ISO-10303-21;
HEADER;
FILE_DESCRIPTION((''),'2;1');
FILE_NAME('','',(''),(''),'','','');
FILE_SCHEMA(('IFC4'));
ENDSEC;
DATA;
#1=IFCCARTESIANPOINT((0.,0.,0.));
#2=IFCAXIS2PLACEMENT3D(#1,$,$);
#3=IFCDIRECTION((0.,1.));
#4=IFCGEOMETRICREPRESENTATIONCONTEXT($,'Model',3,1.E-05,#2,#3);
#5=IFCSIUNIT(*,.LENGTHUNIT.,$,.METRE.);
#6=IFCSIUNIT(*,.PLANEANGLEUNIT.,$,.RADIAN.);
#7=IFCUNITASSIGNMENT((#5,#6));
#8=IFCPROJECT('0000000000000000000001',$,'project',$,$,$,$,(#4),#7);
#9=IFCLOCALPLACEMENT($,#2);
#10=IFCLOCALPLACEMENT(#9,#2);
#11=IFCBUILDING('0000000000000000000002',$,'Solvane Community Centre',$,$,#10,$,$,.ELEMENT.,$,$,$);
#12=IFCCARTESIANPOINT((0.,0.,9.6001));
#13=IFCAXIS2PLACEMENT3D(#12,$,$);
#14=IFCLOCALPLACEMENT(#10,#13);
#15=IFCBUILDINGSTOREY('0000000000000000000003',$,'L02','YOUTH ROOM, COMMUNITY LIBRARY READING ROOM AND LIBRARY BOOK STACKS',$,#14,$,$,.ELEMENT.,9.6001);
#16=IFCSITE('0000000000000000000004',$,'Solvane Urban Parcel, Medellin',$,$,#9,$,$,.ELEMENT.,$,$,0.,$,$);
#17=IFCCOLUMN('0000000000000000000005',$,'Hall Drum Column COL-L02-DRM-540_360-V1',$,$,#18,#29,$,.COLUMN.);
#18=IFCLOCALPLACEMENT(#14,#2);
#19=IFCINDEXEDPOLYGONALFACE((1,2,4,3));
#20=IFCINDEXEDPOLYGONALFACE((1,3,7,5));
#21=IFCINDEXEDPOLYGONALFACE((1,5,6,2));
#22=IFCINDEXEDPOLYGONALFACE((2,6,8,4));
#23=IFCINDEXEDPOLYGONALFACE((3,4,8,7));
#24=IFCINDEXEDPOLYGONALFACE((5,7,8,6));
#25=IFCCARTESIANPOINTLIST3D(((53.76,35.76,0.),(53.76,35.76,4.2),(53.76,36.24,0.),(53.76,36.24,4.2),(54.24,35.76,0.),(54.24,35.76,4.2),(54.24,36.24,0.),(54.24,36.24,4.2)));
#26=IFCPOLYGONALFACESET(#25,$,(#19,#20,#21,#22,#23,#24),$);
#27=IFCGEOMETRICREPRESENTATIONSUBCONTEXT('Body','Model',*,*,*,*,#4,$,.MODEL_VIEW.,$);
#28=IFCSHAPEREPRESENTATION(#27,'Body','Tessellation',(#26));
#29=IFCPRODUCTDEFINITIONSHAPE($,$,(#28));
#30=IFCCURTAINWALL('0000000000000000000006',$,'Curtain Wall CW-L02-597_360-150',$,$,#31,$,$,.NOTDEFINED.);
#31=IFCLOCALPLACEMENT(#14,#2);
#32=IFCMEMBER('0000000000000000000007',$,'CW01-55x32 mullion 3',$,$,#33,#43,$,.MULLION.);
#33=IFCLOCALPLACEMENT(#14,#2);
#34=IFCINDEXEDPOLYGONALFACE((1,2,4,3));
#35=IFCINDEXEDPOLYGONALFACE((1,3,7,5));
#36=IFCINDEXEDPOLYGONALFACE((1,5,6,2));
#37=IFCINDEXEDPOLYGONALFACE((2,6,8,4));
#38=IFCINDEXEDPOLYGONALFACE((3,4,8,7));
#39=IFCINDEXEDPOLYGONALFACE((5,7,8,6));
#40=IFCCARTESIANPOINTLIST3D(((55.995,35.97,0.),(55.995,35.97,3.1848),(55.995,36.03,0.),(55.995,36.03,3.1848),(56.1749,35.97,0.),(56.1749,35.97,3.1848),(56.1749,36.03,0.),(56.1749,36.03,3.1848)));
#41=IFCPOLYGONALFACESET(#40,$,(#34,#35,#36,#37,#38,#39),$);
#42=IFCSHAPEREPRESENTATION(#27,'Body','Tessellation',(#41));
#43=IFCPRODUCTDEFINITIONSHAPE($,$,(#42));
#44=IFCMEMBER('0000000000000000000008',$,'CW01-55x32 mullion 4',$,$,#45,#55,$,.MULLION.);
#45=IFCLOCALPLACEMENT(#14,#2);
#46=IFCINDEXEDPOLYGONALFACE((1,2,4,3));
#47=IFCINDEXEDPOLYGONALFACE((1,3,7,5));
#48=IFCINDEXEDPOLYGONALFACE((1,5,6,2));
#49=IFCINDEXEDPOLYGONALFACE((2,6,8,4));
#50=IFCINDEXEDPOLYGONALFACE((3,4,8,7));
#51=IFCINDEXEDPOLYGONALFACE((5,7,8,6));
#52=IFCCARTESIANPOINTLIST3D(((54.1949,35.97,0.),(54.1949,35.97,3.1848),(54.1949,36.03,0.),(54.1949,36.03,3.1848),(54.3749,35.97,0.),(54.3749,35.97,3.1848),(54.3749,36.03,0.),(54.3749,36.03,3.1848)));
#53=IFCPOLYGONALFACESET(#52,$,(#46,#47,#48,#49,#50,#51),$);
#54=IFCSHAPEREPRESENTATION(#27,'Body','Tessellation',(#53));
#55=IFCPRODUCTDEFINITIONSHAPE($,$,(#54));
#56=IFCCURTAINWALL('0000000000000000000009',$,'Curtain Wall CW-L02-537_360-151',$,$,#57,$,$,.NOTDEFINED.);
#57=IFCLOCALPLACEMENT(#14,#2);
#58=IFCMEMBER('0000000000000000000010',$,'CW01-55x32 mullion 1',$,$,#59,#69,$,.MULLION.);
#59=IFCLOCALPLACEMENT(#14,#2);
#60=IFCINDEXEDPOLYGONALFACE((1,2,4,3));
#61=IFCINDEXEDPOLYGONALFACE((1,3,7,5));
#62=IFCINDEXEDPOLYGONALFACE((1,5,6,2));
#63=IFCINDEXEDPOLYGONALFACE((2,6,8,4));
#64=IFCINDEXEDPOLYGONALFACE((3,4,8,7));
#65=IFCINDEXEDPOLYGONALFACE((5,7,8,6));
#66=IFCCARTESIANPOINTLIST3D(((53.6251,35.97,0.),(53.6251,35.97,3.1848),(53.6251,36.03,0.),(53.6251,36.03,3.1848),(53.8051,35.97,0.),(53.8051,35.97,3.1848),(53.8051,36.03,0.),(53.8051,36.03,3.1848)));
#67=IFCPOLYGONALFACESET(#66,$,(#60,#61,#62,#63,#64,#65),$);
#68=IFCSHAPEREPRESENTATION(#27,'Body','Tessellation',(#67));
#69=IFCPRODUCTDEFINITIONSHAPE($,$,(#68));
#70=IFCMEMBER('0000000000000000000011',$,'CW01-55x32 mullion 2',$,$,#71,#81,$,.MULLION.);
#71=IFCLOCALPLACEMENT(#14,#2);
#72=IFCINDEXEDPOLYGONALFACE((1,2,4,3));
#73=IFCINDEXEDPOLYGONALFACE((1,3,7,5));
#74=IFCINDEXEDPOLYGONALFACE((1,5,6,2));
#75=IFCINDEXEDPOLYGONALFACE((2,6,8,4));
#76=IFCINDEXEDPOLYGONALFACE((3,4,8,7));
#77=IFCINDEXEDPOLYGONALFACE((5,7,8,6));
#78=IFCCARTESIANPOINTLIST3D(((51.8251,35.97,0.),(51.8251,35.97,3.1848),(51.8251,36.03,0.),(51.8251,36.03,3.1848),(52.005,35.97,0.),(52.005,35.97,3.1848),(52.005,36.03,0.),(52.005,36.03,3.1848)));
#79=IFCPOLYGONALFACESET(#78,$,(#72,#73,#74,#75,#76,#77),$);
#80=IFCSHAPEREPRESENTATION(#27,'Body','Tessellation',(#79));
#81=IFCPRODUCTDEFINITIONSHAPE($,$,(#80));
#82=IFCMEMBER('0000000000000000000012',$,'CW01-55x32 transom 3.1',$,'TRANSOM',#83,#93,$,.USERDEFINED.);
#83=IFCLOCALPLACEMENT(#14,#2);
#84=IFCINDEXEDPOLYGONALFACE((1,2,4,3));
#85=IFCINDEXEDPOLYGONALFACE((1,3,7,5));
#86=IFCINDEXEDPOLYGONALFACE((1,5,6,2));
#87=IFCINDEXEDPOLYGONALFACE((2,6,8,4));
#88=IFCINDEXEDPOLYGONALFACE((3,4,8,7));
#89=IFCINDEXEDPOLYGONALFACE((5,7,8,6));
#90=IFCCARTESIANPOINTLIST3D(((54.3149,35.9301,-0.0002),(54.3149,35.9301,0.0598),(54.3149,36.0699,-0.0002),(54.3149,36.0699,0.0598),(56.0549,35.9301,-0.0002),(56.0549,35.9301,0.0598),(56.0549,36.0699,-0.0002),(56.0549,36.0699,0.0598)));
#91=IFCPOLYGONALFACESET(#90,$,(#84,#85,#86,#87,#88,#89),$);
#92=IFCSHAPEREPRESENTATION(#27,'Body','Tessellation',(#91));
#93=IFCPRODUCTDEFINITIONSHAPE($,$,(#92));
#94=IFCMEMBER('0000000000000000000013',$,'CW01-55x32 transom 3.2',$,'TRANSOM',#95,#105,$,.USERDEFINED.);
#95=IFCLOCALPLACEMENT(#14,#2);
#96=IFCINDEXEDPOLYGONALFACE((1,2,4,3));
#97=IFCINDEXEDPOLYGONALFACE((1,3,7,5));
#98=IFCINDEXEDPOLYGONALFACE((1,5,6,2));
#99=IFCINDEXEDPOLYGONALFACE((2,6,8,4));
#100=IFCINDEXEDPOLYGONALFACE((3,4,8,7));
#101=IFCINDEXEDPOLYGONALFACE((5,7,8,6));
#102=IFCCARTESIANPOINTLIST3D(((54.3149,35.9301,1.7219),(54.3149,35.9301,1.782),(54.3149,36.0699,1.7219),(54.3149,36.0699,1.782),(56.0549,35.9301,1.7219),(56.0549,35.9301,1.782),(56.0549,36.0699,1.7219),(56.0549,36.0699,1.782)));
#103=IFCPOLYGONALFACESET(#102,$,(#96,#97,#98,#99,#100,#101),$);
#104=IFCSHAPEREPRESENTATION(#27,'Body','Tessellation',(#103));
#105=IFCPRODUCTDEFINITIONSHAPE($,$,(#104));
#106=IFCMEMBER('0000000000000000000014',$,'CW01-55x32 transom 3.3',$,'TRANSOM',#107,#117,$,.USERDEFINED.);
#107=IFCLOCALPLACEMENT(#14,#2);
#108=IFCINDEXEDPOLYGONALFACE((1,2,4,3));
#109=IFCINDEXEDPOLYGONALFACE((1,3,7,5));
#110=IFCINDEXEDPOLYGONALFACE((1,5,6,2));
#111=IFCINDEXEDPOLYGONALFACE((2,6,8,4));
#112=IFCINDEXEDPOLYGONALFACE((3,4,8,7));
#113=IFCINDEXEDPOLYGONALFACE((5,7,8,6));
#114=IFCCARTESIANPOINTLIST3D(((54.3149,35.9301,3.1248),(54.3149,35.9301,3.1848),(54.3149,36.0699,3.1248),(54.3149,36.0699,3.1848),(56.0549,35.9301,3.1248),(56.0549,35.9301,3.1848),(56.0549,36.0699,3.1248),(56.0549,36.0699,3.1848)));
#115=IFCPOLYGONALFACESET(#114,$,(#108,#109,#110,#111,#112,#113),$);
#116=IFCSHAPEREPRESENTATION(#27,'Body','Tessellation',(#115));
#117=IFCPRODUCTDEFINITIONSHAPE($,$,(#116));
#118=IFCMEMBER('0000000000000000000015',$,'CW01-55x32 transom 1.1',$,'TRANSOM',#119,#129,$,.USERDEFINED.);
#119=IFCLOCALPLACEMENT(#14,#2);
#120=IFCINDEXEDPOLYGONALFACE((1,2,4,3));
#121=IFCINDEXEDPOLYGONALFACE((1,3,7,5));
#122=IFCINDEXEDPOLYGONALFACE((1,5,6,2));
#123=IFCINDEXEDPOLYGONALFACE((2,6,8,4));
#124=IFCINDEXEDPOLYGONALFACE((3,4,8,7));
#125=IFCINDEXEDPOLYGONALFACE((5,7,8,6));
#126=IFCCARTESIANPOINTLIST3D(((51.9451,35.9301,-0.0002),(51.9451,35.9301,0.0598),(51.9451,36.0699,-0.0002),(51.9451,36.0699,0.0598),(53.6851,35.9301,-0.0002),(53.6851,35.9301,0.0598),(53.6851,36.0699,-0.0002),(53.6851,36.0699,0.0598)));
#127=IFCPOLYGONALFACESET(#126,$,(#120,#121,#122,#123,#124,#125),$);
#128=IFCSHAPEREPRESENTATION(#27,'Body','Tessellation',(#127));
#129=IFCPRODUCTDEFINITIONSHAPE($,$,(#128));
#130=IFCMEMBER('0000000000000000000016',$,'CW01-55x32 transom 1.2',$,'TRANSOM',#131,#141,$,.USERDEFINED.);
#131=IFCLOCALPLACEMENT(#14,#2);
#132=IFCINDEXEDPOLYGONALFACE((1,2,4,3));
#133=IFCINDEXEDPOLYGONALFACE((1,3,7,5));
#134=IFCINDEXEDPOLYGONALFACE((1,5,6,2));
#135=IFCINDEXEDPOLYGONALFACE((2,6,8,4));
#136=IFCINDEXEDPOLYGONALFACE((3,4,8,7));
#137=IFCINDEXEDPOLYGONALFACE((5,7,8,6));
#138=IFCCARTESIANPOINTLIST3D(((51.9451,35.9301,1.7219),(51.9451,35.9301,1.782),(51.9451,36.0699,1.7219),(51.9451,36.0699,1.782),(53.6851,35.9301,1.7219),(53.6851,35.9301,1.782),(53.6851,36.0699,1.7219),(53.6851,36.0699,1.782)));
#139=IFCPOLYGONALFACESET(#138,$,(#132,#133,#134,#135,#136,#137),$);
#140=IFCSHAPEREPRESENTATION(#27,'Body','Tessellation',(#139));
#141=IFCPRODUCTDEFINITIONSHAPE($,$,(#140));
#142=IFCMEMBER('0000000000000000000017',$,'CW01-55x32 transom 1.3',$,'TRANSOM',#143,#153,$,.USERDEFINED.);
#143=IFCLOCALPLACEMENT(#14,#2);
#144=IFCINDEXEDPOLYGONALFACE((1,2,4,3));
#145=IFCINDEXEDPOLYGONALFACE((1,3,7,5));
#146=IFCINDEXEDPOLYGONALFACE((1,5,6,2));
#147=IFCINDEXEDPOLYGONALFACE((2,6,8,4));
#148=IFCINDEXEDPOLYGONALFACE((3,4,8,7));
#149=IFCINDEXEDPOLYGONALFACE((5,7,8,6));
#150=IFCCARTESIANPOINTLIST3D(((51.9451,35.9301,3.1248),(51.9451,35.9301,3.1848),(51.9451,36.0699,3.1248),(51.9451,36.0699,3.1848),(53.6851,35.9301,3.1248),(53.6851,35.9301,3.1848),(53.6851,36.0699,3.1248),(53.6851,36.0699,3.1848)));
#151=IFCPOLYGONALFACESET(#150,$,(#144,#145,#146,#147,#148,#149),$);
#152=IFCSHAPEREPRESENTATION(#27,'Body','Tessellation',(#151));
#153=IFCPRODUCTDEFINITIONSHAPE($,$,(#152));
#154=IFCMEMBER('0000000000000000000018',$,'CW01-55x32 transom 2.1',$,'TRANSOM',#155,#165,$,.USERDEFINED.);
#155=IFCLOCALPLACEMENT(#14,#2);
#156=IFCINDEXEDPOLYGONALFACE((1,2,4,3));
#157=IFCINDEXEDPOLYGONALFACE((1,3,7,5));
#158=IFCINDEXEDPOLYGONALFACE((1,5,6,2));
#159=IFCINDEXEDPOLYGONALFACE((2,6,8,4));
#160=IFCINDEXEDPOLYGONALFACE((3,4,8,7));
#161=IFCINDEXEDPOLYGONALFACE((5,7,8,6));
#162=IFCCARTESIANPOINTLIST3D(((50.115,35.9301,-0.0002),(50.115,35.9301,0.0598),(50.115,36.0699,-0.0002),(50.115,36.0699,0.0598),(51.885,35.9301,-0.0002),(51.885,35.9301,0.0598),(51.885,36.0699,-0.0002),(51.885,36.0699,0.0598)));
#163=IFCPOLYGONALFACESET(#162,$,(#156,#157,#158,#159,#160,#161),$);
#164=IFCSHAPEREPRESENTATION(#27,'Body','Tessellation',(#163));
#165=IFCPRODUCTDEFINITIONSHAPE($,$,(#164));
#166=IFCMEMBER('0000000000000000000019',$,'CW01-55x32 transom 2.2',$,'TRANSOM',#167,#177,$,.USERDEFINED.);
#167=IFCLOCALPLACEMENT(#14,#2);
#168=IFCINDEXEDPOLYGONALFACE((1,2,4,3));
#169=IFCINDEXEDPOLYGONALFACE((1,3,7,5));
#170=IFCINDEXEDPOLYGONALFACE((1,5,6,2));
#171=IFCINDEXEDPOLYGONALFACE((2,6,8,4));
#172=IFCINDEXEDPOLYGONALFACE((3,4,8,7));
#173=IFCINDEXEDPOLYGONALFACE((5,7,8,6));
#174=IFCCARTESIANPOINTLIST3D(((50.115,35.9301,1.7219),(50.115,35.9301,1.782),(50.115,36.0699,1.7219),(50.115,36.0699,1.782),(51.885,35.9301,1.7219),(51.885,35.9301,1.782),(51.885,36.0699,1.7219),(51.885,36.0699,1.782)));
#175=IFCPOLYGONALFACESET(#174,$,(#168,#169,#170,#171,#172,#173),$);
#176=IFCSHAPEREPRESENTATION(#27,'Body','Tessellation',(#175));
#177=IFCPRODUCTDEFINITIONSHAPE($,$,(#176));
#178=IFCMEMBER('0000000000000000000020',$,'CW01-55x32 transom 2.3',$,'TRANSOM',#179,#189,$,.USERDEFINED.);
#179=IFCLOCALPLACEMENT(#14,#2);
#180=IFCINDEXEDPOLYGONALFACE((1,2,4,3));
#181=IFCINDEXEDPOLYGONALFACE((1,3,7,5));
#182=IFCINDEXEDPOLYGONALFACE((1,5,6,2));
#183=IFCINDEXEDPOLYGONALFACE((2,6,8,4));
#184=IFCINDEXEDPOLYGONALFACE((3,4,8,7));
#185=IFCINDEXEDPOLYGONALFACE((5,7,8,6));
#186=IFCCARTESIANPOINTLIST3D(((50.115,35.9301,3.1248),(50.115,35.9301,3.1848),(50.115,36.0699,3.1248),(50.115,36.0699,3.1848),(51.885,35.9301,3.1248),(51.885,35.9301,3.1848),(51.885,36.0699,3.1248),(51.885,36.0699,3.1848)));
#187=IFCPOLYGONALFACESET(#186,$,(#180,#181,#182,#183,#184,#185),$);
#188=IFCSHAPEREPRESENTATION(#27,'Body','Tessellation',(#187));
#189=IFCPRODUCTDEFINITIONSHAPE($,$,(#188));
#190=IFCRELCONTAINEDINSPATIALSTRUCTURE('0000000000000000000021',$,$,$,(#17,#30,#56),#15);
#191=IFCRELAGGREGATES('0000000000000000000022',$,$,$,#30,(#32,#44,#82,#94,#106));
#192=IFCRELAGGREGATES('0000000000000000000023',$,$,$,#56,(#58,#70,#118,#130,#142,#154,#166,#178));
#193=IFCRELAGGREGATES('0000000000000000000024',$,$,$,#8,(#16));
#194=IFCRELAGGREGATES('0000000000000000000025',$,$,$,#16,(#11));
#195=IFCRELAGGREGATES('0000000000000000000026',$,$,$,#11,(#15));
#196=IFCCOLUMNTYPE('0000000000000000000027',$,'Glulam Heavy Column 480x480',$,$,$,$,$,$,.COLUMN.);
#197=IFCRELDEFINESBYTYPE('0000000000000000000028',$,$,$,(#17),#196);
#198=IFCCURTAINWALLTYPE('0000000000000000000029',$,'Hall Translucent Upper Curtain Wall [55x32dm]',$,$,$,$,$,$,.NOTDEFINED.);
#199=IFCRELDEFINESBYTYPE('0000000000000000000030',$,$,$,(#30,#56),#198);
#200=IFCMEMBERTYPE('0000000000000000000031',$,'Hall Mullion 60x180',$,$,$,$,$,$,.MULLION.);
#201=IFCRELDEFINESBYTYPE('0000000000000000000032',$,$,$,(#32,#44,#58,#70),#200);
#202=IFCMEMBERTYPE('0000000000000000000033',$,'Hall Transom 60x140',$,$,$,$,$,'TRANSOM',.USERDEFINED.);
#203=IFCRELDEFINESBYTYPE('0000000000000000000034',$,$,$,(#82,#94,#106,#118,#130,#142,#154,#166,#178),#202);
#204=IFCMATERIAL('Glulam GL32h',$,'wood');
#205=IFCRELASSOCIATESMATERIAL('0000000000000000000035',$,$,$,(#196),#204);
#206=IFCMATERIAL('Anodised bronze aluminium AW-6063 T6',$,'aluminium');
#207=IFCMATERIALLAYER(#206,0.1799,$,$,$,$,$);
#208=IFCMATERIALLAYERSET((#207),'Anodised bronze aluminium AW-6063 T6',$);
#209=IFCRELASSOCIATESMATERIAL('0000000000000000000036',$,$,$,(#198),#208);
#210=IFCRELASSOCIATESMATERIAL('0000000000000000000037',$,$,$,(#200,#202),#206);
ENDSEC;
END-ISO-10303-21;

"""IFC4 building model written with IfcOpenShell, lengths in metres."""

from ifc_helpers import new_model, si_unit, direction, frame, origin, origin_2d, place, context, subcontext, project, spatial, rectangle, extrude, material, layer, layer_set, material_profile, profile_set, type_object, element, aggregate, save


model = new_model("IFC4")

# Units and contexts
model_context = context("Model", 3, precision=1e-05, world=origin(), true_north=direction((0.0, 1.0)))
body_context = subcontext(model_context, "Body", "Model", "MODEL_VIEW")
ifc_project = project(units=[si_unit("LENGTHUNIT", "METRE"), si_unit("PLANEANGLEUNIT", "RADIAN")], contexts=[model_context])

# Site, building, storey
site_placement = place(None, origin())
site = spatial("IfcSite", under=ifc_project, at=site_placement, Name="Solvane Urban Parcel, Medellin", CompositionType="ELEMENT", RefElevation=0.0)
building_placement = place(site_placement, origin())
building = spatial("IfcBuilding", under=site, at=building_placement, Name="Solvane Community Centre", CompositionType="ELEMENT")
storey_placement = place(building_placement, frame((0.0, 0.0, 9.6001)))
storey = spatial("IfcBuildingStorey", under=building, at=storey_placement, Name="L02", Description="YOUTH ROOM, COMMUNITY LIBRARY READING ROOM AND LIBRARY BOOK STACKS", CompositionType="ELEMENT", Elevation=9.6001)

# Column
ifc_material_1 = material(Name="Glulam GL32h", Category="wood")
ifc_material_profile_1 = material_profile(ifc_material_1, rectangle(XDim=0.48, YDim=0.48, at=origin_2d()), Name="GL32h 480x480")
ifc_profile_set_1 = profile_set([ifc_material_profile_1], Name="Glulam GL32h")
column_type = type_object("IfcColumnType", Name="Glulam Heavy Column 480x480", PredefinedType="COLUMN", material=ifc_profile_set_1)
column_placement = place(storey_placement, frame((54.0, 36.0, 0.0), z_axis=(0.0, 0.0, 1.0), x_axis=(1.0, 0.0, 0.0)))
element("IfcColumn", 1, at=column_placement, inside=storey, type_object=column_type, Name="Hall Drum Column COL-L02-DRM-540_360-V1", PredefinedType="COLUMN", context=body_context, shape_type="SweptSolid", body=[
    extrude(rectangle(XDim=0.48, YDim=0.48, at=origin_2d()), origin(), (0.0, 0.0, 1.0), 4.2),
])

# Curtain walls, members
ifc_material_2 = material(Name="Anodised bronze aluminium AW-6063 T6", Category="aluminium")
ifc_layer_1 = layer(ifc_material_2, 0.1799)
ifc_layer_set_1 = layer_set([ifc_layer_1], Name="Anodised bronze aluminium AW-6063 T6")
curtain_wall_type = type_object("IfcCurtainWallType", Name="Hall Translucent Upper Curtain Wall [55x32dm]", PredefinedType="NOTDEFINED", material=ifc_layer_set_1)
curtain_wall_1_placement = place(storey_placement, origin())
curtain_wall_1 = element("IfcCurtainWall", 2, at=curtain_wall_1_placement, inside=storey, type_object=curtain_wall_type, Name="Curtain Wall CW-L02-597_360-150", PredefinedType="NOTDEFINED")
ifc_material_profile_2 = material_profile(ifc_material_2, rectangle(XDim=0.0601, YDim=0.1799, at=origin_2d()), Name="CW-M 60x180")
ifc_profile_set_2 = profile_set([ifc_material_profile_2], Name="Anodised bronze aluminium AW-6063 T6")
member_type_1 = type_object("IfcMemberType", Name="Hall Mullion 60x180", PredefinedType="MULLION", material=ifc_profile_set_2)
member_1_placement = place(storey_placement, frame((56.085, 36.0, 0.0), z_axis=(0.0, 0.0, 1.0), x_axis=(0.0, -1.0, 0.0)))
member_1 = element("IfcMember", 3, at=member_1_placement, type_object=member_type_1, Name="CW01-55x32 mullion 3", PredefinedType="MULLION", context=body_context, shape_type="SweptSolid", body=[
    extrude(rectangle(XDim=0.0601, YDim=0.1799, at=origin_2d()), origin(), (0.0, 0.0, 1.0), 3.1848),
])
member_2_placement = place(storey_placement, frame((54.2849, 36.0, 0.0), z_axis=(0.0, 0.0, 1.0), x_axis=(0.0, -1.0, 0.0)))
member_2 = element("IfcMember", 4, at=member_2_placement, type_object=member_type_1, Name="CW01-55x32 mullion 4", PredefinedType="MULLION", context=body_context, shape_type="SweptSolid", body=[
    extrude(rectangle(XDim=0.0601, YDim=0.1799, at=origin_2d()), origin(), (0.0, 0.0, 1.0), 3.1848),
])
curtain_wall_2_placement = place(storey_placement, origin())
curtain_wall_2 = element("IfcCurtainWall", 5, at=curtain_wall_2_placement, inside=storey, type_object=curtain_wall_type, Name="Curtain Wall CW-L02-537_360-151", PredefinedType="NOTDEFINED")
member_3_placement = place(storey_placement, frame((53.7151, 36.0, 0.0), z_axis=(0.0, 0.0, 1.0), x_axis=(0.0, -1.0, 0.0)))
member_3 = element("IfcMember", 6, at=member_3_placement, type_object=member_type_1, Name="CW01-55x32 mullion 1", PredefinedType="MULLION", context=body_context, shape_type="SweptSolid", body=[
    extrude(rectangle(XDim=0.0601, YDim=0.1799, at=origin_2d()), origin(), (0.0, 0.0, 1.0), 3.1848),
])
member_4_placement = place(storey_placement, frame((51.915, 36.0, 0.0), z_axis=(0.0, 0.0, 1.0), x_axis=(0.0, -1.0, 0.0)))
member_4 = element("IfcMember", 7, at=member_4_placement, type_object=member_type_1, Name="CW01-55x32 mullion 2", PredefinedType="MULLION", context=body_context, shape_type="SweptSolid", body=[
    extrude(rectangle(XDim=0.0601, YDim=0.1799, at=origin_2d()), origin(), (0.0, 0.0, 1.0), 3.1848),
])

# Members
ifc_material_profile_3 = material_profile(ifc_material_2, rectangle(XDim=0.1399, YDim=0.0601, at=origin_2d()), Name="CW-T 60x140")
ifc_profile_set_3 = profile_set([ifc_material_profile_3], Name="Anodised bronze aluminium AW-6063 T6")
member_type_2 = type_object("IfcMemberType", Name="Hall Transom 60x140", ElementType="TRANSOM", PredefinedType="USERDEFINED", material=ifc_profile_set_3)
member_5_placement = place(storey_placement, frame((56.0549, 36.0, 0.0298), z_axis=(-1.0, 0.0, 0.0), x_axis=(0.0, -1.0, 0.0)))
member_5 = element("IfcMember", 8, at=member_5_placement, type_object=member_type_2, Name="CW01-55x32 transom 3.1", ObjectType="TRANSOM", PredefinedType="USERDEFINED", context=body_context, shape_type="SweptSolid", body=[
    extrude(rectangle(XDim=0.1399, YDim=0.0601, at=origin_2d()), origin(), (0.0, 0.0, 1.0), 1.74),
])
member_6_placement = place(storey_placement, frame((56.0549, 36.0, 1.752), z_axis=(-1.0, 0.0, 0.0), x_axis=(0.0, -1.0, 0.0)))
member_6 = element("IfcMember", 9, at=member_6_placement, type_object=member_type_2, Name="CW01-55x32 transom 3.2", ObjectType="TRANSOM", PredefinedType="USERDEFINED", context=body_context, shape_type="SweptSolid", body=[
    extrude(rectangle(XDim=0.1399, YDim=0.0601, at=origin_2d()), origin(), (0.0, 0.0, 1.0), 1.74),
])
member_7_placement = place(storey_placement, frame((56.0549, 36.0, 3.1548), z_axis=(-1.0, 0.0, 0.0), x_axis=(0.0, -1.0, 0.0)))
member_7 = element("IfcMember", 10, at=member_7_placement, type_object=member_type_2, Name="CW01-55x32 transom 3.3", ObjectType="TRANSOM", PredefinedType="USERDEFINED", context=body_context, shape_type="SweptSolid", body=[
    extrude(rectangle(XDim=0.1399, YDim=0.0601, at=origin_2d()), origin(), (0.0, 0.0, 1.0), 1.74),
])
member_8_placement = place(storey_placement, frame((53.6851, 36.0, 0.0298), z_axis=(-1.0, 0.0, 0.0), x_axis=(0.0, -1.0, 0.0)))
member_8 = element("IfcMember", 11, at=member_8_placement, type_object=member_type_2, Name="CW01-55x32 transom 1.1", ObjectType="TRANSOM", PredefinedType="USERDEFINED", context=body_context, shape_type="SweptSolid", body=[
    extrude(rectangle(XDim=0.1399, YDim=0.0601, at=origin_2d()), origin(), (0.0, 0.0, 1.0), 1.74),
])
member_9_placement = place(storey_placement, frame((53.6851, 36.0, 1.752), z_axis=(-1.0, 0.0, 0.0), x_axis=(0.0, -1.0, 0.0)))
member_9 = element("IfcMember", 12, at=member_9_placement, type_object=member_type_2, Name="CW01-55x32 transom 1.2", ObjectType="TRANSOM", PredefinedType="USERDEFINED", context=body_context, shape_type="SweptSolid", body=[
    extrude(rectangle(XDim=0.1399, YDim=0.0601, at=origin_2d()), origin(), (0.0, 0.0, 1.0), 1.74),
])
member_10_placement = place(storey_placement, frame((53.6851, 36.0, 3.1548), z_axis=(-1.0, 0.0, 0.0), x_axis=(0.0, -1.0, 0.0)))
member_10 = element("IfcMember", 13, at=member_10_placement, type_object=member_type_2, Name="CW01-55x32 transom 1.3", ObjectType="TRANSOM", PredefinedType="USERDEFINED", context=body_context, shape_type="SweptSolid", body=[
    extrude(rectangle(XDim=0.1399, YDim=0.0601, at=origin_2d()), origin(), (0.0, 0.0, 1.0), 1.74),
])
member_11_placement = place(storey_placement, frame((51.885, 36.0, 0.0298), z_axis=(-1.0, 0.0, 0.0), x_axis=(0.0, -1.0, 0.0)))
member_11 = element("IfcMember", 14, at=member_11_placement, type_object=member_type_2, Name="CW01-55x32 transom 2.1", ObjectType="TRANSOM", PredefinedType="USERDEFINED", context=body_context, shape_type="SweptSolid", body=[
    extrude(rectangle(XDim=0.1399, YDim=0.0601, at=origin_2d()), origin(), (0.0, 0.0, 1.0), 1.77),
])
member_12_placement = place(storey_placement, frame((51.885, 36.0, 1.752), z_axis=(-1.0, 0.0, 0.0), x_axis=(0.0, -1.0, 0.0)))
member_12 = element("IfcMember", 15, at=member_12_placement, type_object=member_type_2, Name="CW01-55x32 transom 2.2", ObjectType="TRANSOM", PredefinedType="USERDEFINED", context=body_context, shape_type="SweptSolid", body=[
    extrude(rectangle(XDim=0.1399, YDim=0.0601, at=origin_2d()), origin(), (0.0, 0.0, 1.0), 1.77),
])
member_13_placement = place(storey_placement, frame((51.885, 36.0, 3.1548), z_axis=(-1.0, 0.0, 0.0), x_axis=(0.0, -1.0, 0.0)))
member_13 = element("IfcMember", 16, at=member_13_placement, type_object=member_type_2, Name="CW01-55x32 transom 2.3", ObjectType="TRANSOM", PredefinedType="USERDEFINED", context=body_context, shape_type="SweptSolid", body=[
    extrude(rectangle(XDim=0.1399, YDim=0.0601, at=origin_2d()), origin(), (0.0, 0.0, 1.0), 1.77),
])

aggregate(curtain_wall_1, [member_1, member_2, member_5, member_6, member_7])
aggregate(curtain_wall_2, [member_3, member_4, member_8, member_9, member_10, member_11, member_12, member_13])

save(model, "model.ifc")
